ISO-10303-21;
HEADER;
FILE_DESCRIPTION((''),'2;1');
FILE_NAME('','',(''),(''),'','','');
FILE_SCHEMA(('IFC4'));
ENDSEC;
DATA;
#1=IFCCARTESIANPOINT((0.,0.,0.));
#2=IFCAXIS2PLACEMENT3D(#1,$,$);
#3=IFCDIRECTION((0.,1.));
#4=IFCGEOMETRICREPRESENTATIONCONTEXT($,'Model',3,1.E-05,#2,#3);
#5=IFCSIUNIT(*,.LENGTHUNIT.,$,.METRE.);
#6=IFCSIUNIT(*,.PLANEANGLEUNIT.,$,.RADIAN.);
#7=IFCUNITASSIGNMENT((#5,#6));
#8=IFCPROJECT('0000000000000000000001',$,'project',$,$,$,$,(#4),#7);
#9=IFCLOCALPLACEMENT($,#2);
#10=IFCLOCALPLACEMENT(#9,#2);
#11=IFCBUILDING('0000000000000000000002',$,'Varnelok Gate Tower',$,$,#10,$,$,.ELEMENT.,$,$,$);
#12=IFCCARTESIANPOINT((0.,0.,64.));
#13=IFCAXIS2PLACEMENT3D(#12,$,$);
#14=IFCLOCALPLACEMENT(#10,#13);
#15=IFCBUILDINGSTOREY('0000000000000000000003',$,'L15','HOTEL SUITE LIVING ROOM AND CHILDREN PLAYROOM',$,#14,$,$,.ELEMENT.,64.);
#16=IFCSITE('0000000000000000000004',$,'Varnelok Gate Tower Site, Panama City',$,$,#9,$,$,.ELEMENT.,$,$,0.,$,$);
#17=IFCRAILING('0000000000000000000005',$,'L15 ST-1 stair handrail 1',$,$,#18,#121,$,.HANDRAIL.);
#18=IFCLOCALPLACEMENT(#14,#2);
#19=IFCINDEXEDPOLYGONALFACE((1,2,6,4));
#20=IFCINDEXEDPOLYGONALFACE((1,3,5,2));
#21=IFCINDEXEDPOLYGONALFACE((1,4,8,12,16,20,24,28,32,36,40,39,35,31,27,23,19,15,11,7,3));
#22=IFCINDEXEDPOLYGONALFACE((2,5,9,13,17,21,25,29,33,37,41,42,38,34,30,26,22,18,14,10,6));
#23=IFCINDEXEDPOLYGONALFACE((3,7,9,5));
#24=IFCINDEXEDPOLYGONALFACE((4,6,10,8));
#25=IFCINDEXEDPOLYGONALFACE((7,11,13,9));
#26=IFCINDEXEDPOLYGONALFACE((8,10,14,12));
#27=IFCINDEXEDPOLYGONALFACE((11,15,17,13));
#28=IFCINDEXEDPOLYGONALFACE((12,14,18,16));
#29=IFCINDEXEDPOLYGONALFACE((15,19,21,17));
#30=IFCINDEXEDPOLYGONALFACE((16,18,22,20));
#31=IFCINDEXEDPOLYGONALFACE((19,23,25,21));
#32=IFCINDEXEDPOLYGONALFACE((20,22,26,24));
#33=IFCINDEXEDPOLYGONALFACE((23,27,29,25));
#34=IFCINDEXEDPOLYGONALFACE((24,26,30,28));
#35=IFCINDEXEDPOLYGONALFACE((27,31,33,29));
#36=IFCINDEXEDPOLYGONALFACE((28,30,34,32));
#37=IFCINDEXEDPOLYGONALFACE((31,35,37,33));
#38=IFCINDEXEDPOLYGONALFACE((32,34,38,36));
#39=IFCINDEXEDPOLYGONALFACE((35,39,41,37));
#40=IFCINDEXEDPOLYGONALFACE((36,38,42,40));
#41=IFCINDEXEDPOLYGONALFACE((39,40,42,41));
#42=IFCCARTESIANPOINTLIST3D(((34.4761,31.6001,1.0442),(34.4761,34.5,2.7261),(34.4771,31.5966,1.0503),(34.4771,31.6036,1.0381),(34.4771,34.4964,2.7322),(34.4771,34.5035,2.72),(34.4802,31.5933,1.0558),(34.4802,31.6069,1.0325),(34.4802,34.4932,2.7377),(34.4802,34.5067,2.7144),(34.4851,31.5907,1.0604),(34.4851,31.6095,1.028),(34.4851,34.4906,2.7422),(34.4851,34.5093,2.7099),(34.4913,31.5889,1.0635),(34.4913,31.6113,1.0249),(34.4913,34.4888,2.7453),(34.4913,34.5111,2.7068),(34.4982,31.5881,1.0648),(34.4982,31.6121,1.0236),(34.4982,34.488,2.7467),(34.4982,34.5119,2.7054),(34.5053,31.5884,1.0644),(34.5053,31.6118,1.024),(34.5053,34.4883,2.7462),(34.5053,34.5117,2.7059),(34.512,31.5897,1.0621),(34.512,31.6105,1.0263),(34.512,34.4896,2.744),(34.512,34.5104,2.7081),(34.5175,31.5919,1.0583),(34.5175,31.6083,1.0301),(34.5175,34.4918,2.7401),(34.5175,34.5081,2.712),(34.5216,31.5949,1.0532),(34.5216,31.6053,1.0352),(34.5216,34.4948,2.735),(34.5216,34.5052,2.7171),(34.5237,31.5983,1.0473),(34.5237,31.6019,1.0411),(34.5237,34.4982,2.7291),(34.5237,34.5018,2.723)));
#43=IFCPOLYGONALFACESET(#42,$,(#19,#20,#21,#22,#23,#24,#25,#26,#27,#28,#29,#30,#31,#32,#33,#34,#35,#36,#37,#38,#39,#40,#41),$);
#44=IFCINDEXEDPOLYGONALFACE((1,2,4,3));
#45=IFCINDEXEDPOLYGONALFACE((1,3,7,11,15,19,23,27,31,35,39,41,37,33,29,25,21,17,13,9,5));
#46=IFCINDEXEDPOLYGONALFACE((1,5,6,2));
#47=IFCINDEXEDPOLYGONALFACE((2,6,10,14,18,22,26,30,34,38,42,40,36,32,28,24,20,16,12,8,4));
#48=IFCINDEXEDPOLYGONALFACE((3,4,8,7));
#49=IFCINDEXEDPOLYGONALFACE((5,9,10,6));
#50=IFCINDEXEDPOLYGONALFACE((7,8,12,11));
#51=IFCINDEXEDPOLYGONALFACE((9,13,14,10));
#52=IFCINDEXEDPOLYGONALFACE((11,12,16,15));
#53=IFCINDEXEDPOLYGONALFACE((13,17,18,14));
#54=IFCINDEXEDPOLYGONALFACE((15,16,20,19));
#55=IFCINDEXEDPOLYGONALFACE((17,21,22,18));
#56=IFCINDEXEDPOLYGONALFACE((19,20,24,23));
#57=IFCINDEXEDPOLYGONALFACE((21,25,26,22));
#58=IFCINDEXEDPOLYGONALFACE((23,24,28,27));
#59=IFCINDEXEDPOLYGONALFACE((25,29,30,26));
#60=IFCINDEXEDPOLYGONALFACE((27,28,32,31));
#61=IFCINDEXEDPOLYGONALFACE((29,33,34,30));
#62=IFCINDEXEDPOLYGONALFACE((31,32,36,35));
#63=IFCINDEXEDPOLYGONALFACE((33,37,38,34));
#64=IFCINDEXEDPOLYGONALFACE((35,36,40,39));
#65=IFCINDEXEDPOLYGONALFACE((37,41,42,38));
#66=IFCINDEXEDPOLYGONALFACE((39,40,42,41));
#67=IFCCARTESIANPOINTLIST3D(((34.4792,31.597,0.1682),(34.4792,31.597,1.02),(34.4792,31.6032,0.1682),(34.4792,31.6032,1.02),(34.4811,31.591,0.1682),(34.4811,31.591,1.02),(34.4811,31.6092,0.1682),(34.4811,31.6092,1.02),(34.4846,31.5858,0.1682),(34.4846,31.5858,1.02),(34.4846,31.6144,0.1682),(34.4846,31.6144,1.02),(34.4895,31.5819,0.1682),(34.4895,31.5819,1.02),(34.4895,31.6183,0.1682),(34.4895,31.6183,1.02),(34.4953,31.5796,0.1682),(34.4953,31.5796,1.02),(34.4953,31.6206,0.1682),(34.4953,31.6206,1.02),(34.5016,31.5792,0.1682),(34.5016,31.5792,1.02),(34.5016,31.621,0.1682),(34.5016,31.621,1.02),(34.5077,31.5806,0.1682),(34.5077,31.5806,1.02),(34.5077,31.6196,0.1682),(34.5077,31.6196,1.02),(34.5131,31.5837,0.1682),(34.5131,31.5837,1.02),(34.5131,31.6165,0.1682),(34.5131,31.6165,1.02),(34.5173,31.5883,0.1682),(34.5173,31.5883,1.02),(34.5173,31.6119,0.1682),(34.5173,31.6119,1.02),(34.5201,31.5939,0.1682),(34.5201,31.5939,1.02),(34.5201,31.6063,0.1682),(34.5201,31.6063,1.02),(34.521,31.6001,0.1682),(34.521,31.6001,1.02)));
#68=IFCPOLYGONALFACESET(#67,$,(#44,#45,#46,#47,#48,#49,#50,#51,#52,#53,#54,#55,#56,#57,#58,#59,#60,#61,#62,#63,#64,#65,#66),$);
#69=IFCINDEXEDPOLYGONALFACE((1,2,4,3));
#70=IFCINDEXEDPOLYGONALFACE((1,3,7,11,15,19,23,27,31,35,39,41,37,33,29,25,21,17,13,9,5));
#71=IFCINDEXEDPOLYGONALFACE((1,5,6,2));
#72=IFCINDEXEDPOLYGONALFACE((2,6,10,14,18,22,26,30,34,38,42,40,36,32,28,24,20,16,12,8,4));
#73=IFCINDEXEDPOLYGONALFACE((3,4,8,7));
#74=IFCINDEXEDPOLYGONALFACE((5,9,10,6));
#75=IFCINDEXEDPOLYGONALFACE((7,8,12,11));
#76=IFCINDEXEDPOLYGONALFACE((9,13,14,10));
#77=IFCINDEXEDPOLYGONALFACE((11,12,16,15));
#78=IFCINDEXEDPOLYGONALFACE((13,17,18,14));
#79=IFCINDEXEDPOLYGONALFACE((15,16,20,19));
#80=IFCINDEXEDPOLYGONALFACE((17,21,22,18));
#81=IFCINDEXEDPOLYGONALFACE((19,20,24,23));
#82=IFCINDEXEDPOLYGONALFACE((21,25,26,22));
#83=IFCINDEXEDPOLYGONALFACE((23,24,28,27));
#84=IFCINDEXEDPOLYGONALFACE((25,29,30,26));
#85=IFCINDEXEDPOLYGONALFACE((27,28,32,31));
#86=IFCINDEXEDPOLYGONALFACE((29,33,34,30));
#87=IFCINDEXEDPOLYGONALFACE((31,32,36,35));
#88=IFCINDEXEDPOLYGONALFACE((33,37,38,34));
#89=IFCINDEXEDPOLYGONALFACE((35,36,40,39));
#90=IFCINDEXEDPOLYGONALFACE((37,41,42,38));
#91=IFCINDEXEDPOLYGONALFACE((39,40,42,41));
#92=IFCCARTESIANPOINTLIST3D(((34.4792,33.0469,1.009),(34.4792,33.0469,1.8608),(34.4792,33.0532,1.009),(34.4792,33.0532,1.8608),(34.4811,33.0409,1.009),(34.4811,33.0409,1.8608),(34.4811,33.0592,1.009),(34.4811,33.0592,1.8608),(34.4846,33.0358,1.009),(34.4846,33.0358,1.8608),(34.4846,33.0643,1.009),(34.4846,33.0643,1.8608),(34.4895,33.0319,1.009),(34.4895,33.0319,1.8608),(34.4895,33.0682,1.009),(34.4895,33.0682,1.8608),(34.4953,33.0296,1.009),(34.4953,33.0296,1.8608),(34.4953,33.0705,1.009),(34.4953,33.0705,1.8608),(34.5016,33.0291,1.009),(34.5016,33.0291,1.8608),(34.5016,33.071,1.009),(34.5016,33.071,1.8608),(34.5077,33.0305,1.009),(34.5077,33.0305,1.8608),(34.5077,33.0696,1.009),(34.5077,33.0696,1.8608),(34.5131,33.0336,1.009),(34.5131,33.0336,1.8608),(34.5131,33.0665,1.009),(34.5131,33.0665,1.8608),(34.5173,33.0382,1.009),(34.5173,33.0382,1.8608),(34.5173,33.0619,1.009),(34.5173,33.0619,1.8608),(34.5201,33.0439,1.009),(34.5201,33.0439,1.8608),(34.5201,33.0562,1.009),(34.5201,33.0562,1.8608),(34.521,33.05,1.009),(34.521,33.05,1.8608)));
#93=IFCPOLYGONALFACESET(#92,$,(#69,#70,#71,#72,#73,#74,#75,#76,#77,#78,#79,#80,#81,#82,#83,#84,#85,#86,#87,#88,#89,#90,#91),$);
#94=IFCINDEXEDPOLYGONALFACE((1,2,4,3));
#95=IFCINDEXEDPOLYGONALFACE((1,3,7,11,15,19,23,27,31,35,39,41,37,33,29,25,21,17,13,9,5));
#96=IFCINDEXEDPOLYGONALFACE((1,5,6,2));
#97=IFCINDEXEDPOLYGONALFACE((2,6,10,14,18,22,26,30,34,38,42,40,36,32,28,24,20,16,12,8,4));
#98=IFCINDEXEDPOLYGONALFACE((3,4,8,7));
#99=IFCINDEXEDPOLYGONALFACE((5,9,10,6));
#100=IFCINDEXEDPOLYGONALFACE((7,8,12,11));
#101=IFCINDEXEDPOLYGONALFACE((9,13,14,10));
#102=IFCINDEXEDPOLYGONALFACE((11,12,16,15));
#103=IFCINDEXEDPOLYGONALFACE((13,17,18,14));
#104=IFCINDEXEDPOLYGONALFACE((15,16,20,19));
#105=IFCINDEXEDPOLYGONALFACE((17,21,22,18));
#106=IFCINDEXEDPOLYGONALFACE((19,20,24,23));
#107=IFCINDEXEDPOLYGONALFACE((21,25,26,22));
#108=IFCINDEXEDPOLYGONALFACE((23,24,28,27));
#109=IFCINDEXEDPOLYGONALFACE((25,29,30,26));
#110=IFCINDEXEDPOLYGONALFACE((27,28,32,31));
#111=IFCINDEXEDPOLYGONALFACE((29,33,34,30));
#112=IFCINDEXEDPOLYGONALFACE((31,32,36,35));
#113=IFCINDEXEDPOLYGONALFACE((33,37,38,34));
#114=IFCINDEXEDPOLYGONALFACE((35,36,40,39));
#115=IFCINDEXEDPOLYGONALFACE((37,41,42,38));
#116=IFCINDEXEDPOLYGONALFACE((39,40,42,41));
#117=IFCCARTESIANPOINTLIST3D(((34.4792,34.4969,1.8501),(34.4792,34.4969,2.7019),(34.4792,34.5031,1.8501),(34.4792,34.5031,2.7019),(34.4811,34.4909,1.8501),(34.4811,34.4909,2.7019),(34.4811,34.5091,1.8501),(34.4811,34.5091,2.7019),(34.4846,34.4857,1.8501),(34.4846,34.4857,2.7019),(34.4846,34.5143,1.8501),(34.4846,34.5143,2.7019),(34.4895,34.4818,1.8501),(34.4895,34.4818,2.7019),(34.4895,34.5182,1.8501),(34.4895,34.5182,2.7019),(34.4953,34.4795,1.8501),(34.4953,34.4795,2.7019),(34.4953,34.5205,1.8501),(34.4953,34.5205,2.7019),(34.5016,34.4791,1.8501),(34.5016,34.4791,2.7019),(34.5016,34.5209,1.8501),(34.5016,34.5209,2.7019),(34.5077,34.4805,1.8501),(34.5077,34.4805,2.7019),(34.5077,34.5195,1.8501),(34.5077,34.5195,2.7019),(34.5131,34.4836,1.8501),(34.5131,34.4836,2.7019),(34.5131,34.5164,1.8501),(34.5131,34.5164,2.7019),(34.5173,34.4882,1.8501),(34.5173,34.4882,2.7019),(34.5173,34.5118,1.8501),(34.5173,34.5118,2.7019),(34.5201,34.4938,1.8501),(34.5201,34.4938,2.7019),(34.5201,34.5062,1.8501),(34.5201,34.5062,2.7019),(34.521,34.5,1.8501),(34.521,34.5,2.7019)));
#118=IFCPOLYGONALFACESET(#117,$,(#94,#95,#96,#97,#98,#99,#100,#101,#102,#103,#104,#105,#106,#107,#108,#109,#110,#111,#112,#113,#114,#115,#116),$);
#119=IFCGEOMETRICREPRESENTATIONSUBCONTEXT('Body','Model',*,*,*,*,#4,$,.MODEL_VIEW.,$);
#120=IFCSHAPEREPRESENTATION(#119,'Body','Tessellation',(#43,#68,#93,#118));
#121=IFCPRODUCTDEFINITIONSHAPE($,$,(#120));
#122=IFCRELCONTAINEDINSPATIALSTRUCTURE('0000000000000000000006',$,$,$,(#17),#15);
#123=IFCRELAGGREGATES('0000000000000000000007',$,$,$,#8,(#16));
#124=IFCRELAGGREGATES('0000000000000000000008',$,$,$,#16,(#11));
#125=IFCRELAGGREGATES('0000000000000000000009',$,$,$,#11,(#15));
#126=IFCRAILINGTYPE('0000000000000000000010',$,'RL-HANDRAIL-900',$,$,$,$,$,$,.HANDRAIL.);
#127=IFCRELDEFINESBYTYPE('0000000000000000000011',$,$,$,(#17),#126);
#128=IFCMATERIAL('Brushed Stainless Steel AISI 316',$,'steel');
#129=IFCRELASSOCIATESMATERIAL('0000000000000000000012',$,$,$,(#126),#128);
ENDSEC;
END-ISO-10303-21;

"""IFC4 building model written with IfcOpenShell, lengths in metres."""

from ifc_helpers import new_model, si_unit, direction, frame, origin, origin_2d, place, context, subcontext, project, spatial, circle, extrude, material, type_object, element, save


model = new_model("IFC4")

# Units and contexts
model_context = context("Model", 3, precision=1e-05, world=origin(), true_north=direction((0.0, 1.0)))
body_context = subcontext(model_context, "Body", "Model", "MODEL_VIEW")
ifc_project = project(units=[si_unit("LENGTHUNIT", "METRE"), si_unit("PLANEANGLEUNIT", "RADIAN")], contexts=[model_context])

# Site, building, storey
site_placement = place(None, origin())
site = spatial("IfcSite", under=ifc_project, at=site_placement, Name="Varnelok Gate Tower Site, Panama City", CompositionType="ELEMENT", RefElevation=0.0)
building_placement = place(site_placement, origin())
building = spatial("IfcBuilding", under=site, at=building_placement, Name="Varnelok Gate Tower", CompositionType="ELEMENT")
storey_placement = place(building_placement, frame((0.0, 0.0, 64.0)))
storey = spatial("IfcBuildingStorey", under=building, at=storey_placement, Name="L15", Description="HOTEL SUITE LIVING ROOM AND CHILDREN PLAYROOM", CompositionType="ELEMENT", Elevation=64.0)

# Railing
ifc_material_1 = material(Name="Brushed Stainless Steel AISI 316", Category="steel")
railing_type_1 = type_object("IfcRailingType", Name="RL-HANDRAIL-900", PredefinedType="HANDRAIL", material=ifc_material_1)
railing_1_placement = place(storey_placement, frame((34.5, 31.6001, 0.1682)))
element("IfcRailing", 1, at=railing_1_placement, inside=storey, type_object=railing_type_1, Name="L15 ST-1 stair handrail 1", PredefinedType="HANDRAIL", context=body_context, shape_type="SweptSolid", body=[
    extrude(circle(Radius=0.0239, at=origin_2d()), frame((0.0, 0.0, 0.876), z_axis=(0.0, 0.865039, 0.501705), x_axis=(-1.0, 0.0, 0.0)), (0.0, 0.0, 1.0), 3.3523),
    extrude(circle(Radius=0.021, at=origin_2d()), origin(), (0.0, 0.0, 1.0), 0.8518),
    extrude(circle(Radius=0.021, at=origin_2d()), frame((0.0, 1.45, 0.8408)), (0.0, 0.0, 1.0), 0.8518),
    extrude(circle(Radius=0.021, at=origin_2d()), frame((0.0, 2.8999, 1.6819)), (0.0, 0.0, 1.0), 0.8518),
])

save(model, "model.ifc")
